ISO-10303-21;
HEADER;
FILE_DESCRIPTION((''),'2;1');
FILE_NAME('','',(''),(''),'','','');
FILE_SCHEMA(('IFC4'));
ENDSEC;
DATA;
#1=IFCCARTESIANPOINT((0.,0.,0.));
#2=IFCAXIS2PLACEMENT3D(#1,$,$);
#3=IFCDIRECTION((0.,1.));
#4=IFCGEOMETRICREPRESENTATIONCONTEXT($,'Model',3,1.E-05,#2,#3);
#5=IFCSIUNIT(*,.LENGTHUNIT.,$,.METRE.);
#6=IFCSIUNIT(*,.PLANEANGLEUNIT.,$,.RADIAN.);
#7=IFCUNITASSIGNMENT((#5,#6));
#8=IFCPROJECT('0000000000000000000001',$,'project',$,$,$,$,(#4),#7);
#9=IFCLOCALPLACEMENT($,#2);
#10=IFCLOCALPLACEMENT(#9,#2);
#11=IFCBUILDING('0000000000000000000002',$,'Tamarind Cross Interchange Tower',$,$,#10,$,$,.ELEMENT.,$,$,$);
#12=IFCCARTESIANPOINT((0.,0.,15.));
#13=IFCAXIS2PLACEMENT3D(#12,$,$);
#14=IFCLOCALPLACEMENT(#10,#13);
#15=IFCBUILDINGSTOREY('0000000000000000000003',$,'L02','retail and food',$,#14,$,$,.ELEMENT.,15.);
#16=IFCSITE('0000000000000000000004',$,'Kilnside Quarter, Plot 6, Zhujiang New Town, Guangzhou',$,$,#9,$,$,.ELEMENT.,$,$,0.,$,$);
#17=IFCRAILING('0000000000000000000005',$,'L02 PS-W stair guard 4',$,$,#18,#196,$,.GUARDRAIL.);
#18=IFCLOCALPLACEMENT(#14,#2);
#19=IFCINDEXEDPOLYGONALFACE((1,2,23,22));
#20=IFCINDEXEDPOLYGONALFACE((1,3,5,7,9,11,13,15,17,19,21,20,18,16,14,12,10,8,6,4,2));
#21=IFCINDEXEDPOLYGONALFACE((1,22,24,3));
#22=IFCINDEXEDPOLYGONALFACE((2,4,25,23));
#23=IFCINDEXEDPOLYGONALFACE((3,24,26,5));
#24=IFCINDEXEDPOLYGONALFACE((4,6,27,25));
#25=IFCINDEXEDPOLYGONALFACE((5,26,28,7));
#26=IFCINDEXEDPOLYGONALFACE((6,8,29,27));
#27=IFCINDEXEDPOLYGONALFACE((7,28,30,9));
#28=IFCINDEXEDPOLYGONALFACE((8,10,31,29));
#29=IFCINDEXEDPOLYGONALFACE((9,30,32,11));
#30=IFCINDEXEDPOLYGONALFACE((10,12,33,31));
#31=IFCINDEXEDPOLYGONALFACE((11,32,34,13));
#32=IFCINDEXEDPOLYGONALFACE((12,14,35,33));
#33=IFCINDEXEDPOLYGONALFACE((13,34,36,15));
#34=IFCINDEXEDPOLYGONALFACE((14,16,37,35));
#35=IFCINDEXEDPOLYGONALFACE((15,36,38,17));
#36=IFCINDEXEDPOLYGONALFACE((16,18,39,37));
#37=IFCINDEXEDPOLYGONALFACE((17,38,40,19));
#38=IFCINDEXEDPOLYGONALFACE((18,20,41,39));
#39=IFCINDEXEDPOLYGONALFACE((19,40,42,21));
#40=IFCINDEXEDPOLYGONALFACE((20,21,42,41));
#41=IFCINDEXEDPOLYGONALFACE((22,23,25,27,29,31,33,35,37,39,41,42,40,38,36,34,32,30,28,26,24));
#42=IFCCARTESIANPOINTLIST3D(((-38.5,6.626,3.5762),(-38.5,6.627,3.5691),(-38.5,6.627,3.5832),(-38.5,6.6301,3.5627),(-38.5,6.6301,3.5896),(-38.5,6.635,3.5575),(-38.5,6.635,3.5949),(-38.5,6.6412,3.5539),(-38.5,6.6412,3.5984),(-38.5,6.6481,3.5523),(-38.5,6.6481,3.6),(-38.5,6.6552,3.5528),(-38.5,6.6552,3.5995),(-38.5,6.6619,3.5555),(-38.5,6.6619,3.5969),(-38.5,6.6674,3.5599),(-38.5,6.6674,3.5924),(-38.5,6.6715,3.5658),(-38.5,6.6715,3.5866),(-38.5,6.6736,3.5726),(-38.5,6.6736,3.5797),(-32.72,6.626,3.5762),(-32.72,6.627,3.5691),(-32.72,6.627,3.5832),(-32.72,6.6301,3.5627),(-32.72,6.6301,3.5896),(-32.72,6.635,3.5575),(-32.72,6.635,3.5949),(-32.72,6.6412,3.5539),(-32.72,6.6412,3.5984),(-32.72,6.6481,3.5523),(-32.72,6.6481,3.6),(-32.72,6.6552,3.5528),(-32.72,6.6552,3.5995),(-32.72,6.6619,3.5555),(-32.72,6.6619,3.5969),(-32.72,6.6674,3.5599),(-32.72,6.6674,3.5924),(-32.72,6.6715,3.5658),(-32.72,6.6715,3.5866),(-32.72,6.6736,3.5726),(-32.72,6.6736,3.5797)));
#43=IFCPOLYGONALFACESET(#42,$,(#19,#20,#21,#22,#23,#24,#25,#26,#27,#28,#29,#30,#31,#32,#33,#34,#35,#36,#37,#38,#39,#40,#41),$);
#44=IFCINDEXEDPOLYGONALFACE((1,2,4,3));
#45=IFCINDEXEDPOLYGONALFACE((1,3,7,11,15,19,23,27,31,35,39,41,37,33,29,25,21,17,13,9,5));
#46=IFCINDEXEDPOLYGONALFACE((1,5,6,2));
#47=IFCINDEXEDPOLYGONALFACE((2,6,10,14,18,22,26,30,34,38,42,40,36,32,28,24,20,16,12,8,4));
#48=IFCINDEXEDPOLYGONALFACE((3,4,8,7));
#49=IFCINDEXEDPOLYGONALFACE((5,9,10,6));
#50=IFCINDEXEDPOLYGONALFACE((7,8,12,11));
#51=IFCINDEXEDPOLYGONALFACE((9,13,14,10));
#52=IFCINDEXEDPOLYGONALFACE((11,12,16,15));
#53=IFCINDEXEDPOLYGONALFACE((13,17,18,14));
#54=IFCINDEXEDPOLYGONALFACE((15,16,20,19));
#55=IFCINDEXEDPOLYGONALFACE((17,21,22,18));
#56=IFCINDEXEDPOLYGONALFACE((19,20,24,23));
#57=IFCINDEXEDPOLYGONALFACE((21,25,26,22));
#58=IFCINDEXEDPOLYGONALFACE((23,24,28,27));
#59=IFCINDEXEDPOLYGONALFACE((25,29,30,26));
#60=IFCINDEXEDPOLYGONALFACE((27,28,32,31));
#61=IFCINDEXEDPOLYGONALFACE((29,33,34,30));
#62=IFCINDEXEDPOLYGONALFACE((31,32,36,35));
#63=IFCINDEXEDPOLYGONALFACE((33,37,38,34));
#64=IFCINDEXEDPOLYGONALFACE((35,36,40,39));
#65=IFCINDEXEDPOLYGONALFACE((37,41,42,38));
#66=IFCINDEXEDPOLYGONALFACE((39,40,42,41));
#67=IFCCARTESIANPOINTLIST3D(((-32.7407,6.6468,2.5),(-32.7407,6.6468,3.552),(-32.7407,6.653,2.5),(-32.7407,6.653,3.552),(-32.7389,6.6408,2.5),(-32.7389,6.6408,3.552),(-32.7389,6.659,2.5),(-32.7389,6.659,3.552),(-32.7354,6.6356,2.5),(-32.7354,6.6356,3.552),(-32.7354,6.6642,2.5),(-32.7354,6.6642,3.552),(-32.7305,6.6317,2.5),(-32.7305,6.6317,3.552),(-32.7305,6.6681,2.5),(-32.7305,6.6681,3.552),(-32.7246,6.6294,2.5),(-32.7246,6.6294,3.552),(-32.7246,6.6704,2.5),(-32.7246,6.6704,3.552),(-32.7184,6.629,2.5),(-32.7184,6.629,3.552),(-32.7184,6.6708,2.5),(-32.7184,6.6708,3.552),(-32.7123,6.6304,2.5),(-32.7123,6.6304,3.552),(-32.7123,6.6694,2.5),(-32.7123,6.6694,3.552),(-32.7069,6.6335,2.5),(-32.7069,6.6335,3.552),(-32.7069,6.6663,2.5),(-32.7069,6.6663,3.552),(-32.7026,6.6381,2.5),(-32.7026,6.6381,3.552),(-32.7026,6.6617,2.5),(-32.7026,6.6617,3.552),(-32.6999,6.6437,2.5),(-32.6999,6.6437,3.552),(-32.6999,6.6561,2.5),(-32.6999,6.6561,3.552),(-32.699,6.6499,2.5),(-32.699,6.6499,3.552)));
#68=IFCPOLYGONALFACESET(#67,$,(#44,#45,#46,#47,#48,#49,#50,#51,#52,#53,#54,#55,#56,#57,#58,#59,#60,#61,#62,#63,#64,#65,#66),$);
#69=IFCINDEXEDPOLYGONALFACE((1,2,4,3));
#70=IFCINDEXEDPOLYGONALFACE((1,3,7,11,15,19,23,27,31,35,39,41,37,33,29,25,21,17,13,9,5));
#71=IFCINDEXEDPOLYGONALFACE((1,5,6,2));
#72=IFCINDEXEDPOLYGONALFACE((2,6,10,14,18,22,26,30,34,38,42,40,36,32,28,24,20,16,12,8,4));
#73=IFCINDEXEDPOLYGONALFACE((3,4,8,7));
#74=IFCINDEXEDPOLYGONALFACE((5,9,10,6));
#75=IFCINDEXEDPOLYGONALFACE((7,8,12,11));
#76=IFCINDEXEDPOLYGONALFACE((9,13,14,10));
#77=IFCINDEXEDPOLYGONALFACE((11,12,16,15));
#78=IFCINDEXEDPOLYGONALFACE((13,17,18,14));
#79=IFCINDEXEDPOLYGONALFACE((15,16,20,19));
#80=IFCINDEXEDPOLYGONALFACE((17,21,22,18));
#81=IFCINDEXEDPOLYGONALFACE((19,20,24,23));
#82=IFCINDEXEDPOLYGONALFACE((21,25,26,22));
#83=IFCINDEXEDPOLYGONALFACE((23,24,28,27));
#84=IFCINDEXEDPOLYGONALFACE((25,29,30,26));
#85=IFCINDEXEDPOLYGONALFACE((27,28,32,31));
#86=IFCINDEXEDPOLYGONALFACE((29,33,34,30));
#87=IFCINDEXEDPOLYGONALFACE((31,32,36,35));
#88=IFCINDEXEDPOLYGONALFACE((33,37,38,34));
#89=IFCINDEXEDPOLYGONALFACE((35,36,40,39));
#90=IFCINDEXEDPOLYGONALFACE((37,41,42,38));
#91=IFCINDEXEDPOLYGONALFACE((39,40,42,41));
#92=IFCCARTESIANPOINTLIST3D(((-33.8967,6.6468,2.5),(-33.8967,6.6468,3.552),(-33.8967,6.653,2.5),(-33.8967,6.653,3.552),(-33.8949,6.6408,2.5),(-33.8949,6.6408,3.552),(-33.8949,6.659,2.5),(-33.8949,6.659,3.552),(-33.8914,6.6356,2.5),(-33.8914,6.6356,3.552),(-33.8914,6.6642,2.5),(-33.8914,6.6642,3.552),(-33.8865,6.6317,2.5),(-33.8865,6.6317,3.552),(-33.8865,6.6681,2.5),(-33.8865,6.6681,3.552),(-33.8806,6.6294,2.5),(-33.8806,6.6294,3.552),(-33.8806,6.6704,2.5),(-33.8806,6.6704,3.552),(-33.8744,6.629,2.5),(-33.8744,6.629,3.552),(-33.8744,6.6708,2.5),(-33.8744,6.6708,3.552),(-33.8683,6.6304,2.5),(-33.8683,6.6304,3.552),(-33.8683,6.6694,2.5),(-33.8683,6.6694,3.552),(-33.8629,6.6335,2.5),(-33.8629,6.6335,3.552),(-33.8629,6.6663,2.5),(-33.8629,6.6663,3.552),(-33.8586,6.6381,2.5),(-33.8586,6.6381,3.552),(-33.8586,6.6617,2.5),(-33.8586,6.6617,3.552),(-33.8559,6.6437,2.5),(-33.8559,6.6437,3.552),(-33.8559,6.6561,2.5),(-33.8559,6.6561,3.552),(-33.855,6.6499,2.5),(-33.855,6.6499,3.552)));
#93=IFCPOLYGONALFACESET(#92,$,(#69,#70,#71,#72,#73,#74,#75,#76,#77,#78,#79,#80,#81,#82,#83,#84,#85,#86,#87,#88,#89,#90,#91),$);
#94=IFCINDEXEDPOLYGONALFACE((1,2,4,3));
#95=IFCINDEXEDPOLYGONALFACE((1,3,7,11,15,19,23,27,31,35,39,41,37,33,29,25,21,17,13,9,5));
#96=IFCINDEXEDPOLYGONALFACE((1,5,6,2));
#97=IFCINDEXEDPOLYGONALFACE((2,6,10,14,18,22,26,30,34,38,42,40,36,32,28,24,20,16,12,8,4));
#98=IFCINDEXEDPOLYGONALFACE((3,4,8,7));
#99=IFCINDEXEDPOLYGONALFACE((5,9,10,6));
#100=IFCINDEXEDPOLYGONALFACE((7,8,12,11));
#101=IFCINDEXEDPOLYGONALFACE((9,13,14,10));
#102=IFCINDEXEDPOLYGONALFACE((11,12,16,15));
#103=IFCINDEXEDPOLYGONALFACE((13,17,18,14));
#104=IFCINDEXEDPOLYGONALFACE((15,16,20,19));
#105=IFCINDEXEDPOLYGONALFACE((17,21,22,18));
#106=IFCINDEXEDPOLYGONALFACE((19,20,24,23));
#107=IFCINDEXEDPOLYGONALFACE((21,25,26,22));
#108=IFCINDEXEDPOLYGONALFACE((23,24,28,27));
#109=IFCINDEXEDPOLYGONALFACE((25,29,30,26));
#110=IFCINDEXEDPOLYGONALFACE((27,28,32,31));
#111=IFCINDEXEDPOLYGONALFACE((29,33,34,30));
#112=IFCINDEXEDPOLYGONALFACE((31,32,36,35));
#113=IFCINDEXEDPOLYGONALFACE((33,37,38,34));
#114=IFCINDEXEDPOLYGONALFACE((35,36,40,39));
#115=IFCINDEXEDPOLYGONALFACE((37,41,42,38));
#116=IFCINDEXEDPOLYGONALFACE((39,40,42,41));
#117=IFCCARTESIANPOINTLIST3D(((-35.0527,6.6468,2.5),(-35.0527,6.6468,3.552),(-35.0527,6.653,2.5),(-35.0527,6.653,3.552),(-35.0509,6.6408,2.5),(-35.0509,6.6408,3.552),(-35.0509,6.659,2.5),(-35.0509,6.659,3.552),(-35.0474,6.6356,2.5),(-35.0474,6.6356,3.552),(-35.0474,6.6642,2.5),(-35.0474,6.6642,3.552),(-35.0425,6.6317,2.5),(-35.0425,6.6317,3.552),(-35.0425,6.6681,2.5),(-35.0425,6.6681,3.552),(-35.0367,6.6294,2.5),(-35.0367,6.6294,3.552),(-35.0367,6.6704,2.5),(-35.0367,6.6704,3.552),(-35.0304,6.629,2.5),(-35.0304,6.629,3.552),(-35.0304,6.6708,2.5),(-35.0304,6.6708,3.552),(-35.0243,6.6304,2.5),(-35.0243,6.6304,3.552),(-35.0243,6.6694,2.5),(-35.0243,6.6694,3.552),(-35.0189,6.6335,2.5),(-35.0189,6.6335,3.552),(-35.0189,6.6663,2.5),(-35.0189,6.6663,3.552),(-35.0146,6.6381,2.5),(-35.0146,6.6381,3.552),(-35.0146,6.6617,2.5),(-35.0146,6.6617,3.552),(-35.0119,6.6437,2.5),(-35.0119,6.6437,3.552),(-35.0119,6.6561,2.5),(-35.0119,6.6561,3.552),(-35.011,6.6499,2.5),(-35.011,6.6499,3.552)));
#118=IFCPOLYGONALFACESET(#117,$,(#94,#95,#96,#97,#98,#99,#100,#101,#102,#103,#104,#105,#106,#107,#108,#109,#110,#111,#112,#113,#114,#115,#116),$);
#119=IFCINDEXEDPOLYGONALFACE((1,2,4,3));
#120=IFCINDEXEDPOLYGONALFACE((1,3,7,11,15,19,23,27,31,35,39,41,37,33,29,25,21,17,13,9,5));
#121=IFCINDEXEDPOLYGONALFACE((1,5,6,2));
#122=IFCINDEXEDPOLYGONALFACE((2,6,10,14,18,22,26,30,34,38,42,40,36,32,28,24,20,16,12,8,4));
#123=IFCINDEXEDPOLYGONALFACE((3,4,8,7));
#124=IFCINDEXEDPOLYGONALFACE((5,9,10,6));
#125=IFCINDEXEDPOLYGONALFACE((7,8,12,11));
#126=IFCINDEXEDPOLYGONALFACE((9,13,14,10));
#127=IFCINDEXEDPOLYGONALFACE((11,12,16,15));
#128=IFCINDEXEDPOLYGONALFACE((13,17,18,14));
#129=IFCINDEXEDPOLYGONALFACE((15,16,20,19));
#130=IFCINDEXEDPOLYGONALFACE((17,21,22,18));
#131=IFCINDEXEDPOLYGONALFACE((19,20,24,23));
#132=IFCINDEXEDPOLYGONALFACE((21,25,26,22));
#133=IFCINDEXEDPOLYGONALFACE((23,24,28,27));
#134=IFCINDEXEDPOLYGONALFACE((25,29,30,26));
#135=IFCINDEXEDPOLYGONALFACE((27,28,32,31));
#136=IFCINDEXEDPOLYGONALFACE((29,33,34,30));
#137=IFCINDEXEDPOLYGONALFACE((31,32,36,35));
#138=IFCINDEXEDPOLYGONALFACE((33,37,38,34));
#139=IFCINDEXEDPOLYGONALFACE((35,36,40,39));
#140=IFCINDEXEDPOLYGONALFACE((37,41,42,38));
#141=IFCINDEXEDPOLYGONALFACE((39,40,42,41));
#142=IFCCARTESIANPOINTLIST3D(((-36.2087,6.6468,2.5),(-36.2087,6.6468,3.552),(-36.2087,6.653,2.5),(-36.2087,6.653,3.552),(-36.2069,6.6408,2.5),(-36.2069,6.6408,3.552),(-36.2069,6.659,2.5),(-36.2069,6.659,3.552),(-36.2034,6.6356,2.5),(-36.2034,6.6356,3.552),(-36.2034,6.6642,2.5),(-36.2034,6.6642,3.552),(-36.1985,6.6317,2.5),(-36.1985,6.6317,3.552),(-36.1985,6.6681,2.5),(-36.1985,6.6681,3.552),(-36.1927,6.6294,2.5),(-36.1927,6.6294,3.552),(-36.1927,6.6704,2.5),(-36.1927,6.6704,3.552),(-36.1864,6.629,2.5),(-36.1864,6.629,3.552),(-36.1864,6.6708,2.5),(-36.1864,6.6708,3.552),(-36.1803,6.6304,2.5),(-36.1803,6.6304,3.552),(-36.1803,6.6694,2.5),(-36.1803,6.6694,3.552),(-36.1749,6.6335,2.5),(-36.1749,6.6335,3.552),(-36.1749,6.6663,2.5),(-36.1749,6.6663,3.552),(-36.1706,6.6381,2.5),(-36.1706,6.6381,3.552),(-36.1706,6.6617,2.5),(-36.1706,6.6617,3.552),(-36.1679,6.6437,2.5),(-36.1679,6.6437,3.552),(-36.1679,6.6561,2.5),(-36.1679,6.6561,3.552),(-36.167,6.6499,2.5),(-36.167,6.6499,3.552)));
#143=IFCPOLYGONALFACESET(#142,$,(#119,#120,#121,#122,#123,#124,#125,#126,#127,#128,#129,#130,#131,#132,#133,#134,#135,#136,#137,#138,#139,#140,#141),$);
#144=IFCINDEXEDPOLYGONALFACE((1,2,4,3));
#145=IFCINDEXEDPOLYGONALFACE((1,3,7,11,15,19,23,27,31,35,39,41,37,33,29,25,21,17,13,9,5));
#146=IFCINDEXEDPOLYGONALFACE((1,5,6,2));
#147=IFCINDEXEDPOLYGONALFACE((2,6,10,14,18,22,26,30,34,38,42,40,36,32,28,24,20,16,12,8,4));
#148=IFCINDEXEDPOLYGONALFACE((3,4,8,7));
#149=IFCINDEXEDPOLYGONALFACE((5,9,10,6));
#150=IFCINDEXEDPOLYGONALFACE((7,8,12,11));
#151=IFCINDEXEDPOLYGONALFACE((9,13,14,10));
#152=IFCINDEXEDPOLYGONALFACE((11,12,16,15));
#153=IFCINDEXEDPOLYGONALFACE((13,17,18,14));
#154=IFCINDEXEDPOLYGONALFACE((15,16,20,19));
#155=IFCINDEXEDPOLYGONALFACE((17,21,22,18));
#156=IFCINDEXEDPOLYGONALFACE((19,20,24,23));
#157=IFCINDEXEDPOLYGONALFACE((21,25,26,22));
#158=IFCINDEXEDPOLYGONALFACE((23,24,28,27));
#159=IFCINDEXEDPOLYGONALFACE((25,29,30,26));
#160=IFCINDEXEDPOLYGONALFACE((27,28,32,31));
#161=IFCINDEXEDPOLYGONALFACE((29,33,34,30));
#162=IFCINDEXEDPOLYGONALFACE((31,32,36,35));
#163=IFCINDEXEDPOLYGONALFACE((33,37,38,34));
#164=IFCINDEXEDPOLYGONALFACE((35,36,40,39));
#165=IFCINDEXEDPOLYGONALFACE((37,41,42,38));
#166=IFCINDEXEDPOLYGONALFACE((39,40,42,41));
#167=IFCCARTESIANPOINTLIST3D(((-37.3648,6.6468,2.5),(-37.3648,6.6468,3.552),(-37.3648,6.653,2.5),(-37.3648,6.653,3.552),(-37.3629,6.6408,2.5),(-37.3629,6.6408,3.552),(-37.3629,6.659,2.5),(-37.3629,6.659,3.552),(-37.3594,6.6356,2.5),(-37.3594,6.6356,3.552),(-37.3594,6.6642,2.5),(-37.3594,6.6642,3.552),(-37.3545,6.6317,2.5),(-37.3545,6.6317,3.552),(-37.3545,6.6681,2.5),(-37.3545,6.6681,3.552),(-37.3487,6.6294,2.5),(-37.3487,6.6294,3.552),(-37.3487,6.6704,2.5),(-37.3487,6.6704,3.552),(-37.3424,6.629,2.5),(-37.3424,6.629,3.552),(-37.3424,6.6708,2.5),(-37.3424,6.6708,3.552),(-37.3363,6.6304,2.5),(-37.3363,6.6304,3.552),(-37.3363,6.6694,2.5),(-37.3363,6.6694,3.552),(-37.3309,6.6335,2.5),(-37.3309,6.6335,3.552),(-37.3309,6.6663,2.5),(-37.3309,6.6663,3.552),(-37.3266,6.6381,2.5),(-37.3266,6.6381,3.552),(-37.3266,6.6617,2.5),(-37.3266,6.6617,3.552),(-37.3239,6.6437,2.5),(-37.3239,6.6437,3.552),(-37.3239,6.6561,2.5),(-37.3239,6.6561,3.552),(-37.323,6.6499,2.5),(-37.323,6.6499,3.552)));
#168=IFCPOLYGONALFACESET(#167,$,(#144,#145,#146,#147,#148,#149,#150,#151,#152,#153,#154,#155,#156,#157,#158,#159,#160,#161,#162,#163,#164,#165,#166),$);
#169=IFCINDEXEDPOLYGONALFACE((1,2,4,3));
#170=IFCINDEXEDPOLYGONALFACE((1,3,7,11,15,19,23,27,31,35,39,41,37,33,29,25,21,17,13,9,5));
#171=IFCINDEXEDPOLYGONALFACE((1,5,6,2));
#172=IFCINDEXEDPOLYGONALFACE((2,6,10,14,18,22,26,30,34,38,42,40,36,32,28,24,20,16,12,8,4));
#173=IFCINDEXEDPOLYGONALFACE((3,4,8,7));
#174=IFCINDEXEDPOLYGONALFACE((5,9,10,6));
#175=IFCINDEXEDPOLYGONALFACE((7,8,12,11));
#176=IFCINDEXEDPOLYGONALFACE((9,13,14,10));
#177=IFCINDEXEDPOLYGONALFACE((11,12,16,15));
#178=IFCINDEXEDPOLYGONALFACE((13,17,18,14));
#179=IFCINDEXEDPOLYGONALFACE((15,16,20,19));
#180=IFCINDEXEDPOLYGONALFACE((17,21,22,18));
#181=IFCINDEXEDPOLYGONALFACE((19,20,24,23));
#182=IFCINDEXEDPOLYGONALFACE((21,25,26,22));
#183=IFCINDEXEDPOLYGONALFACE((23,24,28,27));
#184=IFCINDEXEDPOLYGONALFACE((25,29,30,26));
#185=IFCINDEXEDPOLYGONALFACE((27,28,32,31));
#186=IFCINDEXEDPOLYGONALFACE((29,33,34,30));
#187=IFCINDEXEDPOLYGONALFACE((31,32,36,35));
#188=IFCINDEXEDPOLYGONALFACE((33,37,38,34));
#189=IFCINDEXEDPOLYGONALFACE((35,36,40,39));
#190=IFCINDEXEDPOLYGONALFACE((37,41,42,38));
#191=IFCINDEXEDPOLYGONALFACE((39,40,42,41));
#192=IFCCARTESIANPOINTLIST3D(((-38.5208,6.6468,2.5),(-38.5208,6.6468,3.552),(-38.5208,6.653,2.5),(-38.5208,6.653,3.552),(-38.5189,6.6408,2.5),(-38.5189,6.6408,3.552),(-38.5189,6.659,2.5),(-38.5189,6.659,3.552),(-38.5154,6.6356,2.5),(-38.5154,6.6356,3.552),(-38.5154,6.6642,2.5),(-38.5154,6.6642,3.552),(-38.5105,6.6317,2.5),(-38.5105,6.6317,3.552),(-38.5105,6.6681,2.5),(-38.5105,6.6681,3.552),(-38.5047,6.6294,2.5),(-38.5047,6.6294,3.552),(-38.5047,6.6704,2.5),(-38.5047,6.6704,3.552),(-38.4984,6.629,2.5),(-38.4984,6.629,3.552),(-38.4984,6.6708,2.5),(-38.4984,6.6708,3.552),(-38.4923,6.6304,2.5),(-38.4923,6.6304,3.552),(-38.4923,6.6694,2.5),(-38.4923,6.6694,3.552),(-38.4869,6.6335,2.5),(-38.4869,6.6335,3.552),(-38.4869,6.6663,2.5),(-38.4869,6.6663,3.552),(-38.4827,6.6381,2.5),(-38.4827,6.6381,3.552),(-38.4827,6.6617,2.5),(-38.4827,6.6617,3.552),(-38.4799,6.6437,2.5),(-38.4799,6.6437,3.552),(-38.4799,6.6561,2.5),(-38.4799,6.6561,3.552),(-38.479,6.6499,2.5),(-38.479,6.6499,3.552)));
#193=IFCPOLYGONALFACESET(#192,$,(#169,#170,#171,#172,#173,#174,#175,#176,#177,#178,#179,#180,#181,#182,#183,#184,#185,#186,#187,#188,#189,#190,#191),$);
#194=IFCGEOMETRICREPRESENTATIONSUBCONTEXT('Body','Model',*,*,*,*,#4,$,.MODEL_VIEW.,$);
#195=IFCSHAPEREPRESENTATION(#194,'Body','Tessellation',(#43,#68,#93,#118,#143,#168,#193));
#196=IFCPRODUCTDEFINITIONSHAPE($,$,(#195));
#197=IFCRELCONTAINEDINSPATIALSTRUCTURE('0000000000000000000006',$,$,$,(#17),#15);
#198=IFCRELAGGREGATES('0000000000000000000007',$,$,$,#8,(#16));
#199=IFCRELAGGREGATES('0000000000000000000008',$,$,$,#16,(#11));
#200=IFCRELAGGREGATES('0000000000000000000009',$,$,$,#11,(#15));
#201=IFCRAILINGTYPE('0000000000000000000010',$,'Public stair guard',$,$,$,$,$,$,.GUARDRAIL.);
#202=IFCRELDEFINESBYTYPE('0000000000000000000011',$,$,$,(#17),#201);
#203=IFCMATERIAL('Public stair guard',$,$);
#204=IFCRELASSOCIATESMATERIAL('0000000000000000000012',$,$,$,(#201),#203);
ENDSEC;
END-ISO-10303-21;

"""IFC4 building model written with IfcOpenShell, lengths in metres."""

from ifc_helpers import new_model, si_unit, direction, frame, origin, origin_2d, place, context, subcontext, project, spatial, circle, extrude, material, type_object, element, save


model = new_model("IFC4")

# Units and contexts
model_context = context("Model", 3, precision=1e-05, world=origin(), true_north=direction((0.0, 1.0)))
body_context = subcontext(model_context, "Body", "Model", "MODEL_VIEW")
ifc_project = project(units=[si_unit("LENGTHUNIT", "METRE"), si_unit("PLANEANGLEUNIT", "RADIAN")], contexts=[model_context])

# Site, building, storey
site_placement = place(None, origin())
site = spatial("IfcSite", under=ifc_project, at=site_placement, Name="Kilnside Quarter, Plot 6, Zhujiang New Town, Guangzhou", CompositionType="ELEMENT", RefElevation=0.0)
building_placement = place(site_placement, origin())
building = spatial("IfcBuilding", under=site, at=building_placement, Name="Tamarind Cross Interchange Tower", CompositionType="ELEMENT")
storey_placement = place(building_placement, frame((0.0, 0.0, 15.0)))
storey = spatial("IfcBuildingStorey", under=building, at=storey_placement, Name="L02", Description="retail and food", CompositionType="ELEMENT", Elevation=15.0)

# Railing
ifc_material_1 = material(Name="Public stair guard")
railing_type_1 = type_object("IfcRailingType", Name="Public stair guard", PredefinedType="GUARDRAIL", material=ifc_material_1)
for number, where, name in (
    (1, (-32.72, 6.6499, 2.5), "L02 PS-W stair guard 4"),
):
    element("IfcRailing", number, at=place(storey_placement, frame(where)), inside=storey, type_object=railing_type_1, Name=name, PredefinedType="GUARDRAIL", context=body_context, shape_type="SweptSolid", body=[
        extrude(circle(Radius=0.0239, at=origin_2d()), frame((0.0, 0.0, 1.0762), z_axis=(-1.0, 0.0, 0.0), x_axis=(0.0, -1.0, 0.0)), (0.0, 0.0, 1.0), 5.78),
        extrude(circle(Radius=0.021, at=origin_2d()), origin(), (0.0, 0.0, 1.0), 1.052),
        extrude(circle(Radius=0.021, at=origin_2d()), frame((-1.156, 0.0, 0.0)), (0.0, 0.0, 1.0), 1.052),
        extrude(circle(Radius=0.021, at=origin_2d()), frame((-2.312, 0.0, 0.0)), (0.0, 0.0, 1.0), 1.052),
        extrude(circle(Radius=0.021, at=origin_2d()), frame((-3.468, 0.0, 0.0)), (0.0, 0.0, 1.0), 1.052),
        extrude(circle(Radius=0.021, at=origin_2d()), frame((-4.624, 0.0, 0.0)), (0.0, 0.0, 1.0), 1.052),
        extrude(circle(Radius=0.021, at=origin_2d()), frame((-5.78, 0.0, 0.0)), (0.0, 0.0, 1.0), 1.052),
    ])

save(model, "model.ifc")
